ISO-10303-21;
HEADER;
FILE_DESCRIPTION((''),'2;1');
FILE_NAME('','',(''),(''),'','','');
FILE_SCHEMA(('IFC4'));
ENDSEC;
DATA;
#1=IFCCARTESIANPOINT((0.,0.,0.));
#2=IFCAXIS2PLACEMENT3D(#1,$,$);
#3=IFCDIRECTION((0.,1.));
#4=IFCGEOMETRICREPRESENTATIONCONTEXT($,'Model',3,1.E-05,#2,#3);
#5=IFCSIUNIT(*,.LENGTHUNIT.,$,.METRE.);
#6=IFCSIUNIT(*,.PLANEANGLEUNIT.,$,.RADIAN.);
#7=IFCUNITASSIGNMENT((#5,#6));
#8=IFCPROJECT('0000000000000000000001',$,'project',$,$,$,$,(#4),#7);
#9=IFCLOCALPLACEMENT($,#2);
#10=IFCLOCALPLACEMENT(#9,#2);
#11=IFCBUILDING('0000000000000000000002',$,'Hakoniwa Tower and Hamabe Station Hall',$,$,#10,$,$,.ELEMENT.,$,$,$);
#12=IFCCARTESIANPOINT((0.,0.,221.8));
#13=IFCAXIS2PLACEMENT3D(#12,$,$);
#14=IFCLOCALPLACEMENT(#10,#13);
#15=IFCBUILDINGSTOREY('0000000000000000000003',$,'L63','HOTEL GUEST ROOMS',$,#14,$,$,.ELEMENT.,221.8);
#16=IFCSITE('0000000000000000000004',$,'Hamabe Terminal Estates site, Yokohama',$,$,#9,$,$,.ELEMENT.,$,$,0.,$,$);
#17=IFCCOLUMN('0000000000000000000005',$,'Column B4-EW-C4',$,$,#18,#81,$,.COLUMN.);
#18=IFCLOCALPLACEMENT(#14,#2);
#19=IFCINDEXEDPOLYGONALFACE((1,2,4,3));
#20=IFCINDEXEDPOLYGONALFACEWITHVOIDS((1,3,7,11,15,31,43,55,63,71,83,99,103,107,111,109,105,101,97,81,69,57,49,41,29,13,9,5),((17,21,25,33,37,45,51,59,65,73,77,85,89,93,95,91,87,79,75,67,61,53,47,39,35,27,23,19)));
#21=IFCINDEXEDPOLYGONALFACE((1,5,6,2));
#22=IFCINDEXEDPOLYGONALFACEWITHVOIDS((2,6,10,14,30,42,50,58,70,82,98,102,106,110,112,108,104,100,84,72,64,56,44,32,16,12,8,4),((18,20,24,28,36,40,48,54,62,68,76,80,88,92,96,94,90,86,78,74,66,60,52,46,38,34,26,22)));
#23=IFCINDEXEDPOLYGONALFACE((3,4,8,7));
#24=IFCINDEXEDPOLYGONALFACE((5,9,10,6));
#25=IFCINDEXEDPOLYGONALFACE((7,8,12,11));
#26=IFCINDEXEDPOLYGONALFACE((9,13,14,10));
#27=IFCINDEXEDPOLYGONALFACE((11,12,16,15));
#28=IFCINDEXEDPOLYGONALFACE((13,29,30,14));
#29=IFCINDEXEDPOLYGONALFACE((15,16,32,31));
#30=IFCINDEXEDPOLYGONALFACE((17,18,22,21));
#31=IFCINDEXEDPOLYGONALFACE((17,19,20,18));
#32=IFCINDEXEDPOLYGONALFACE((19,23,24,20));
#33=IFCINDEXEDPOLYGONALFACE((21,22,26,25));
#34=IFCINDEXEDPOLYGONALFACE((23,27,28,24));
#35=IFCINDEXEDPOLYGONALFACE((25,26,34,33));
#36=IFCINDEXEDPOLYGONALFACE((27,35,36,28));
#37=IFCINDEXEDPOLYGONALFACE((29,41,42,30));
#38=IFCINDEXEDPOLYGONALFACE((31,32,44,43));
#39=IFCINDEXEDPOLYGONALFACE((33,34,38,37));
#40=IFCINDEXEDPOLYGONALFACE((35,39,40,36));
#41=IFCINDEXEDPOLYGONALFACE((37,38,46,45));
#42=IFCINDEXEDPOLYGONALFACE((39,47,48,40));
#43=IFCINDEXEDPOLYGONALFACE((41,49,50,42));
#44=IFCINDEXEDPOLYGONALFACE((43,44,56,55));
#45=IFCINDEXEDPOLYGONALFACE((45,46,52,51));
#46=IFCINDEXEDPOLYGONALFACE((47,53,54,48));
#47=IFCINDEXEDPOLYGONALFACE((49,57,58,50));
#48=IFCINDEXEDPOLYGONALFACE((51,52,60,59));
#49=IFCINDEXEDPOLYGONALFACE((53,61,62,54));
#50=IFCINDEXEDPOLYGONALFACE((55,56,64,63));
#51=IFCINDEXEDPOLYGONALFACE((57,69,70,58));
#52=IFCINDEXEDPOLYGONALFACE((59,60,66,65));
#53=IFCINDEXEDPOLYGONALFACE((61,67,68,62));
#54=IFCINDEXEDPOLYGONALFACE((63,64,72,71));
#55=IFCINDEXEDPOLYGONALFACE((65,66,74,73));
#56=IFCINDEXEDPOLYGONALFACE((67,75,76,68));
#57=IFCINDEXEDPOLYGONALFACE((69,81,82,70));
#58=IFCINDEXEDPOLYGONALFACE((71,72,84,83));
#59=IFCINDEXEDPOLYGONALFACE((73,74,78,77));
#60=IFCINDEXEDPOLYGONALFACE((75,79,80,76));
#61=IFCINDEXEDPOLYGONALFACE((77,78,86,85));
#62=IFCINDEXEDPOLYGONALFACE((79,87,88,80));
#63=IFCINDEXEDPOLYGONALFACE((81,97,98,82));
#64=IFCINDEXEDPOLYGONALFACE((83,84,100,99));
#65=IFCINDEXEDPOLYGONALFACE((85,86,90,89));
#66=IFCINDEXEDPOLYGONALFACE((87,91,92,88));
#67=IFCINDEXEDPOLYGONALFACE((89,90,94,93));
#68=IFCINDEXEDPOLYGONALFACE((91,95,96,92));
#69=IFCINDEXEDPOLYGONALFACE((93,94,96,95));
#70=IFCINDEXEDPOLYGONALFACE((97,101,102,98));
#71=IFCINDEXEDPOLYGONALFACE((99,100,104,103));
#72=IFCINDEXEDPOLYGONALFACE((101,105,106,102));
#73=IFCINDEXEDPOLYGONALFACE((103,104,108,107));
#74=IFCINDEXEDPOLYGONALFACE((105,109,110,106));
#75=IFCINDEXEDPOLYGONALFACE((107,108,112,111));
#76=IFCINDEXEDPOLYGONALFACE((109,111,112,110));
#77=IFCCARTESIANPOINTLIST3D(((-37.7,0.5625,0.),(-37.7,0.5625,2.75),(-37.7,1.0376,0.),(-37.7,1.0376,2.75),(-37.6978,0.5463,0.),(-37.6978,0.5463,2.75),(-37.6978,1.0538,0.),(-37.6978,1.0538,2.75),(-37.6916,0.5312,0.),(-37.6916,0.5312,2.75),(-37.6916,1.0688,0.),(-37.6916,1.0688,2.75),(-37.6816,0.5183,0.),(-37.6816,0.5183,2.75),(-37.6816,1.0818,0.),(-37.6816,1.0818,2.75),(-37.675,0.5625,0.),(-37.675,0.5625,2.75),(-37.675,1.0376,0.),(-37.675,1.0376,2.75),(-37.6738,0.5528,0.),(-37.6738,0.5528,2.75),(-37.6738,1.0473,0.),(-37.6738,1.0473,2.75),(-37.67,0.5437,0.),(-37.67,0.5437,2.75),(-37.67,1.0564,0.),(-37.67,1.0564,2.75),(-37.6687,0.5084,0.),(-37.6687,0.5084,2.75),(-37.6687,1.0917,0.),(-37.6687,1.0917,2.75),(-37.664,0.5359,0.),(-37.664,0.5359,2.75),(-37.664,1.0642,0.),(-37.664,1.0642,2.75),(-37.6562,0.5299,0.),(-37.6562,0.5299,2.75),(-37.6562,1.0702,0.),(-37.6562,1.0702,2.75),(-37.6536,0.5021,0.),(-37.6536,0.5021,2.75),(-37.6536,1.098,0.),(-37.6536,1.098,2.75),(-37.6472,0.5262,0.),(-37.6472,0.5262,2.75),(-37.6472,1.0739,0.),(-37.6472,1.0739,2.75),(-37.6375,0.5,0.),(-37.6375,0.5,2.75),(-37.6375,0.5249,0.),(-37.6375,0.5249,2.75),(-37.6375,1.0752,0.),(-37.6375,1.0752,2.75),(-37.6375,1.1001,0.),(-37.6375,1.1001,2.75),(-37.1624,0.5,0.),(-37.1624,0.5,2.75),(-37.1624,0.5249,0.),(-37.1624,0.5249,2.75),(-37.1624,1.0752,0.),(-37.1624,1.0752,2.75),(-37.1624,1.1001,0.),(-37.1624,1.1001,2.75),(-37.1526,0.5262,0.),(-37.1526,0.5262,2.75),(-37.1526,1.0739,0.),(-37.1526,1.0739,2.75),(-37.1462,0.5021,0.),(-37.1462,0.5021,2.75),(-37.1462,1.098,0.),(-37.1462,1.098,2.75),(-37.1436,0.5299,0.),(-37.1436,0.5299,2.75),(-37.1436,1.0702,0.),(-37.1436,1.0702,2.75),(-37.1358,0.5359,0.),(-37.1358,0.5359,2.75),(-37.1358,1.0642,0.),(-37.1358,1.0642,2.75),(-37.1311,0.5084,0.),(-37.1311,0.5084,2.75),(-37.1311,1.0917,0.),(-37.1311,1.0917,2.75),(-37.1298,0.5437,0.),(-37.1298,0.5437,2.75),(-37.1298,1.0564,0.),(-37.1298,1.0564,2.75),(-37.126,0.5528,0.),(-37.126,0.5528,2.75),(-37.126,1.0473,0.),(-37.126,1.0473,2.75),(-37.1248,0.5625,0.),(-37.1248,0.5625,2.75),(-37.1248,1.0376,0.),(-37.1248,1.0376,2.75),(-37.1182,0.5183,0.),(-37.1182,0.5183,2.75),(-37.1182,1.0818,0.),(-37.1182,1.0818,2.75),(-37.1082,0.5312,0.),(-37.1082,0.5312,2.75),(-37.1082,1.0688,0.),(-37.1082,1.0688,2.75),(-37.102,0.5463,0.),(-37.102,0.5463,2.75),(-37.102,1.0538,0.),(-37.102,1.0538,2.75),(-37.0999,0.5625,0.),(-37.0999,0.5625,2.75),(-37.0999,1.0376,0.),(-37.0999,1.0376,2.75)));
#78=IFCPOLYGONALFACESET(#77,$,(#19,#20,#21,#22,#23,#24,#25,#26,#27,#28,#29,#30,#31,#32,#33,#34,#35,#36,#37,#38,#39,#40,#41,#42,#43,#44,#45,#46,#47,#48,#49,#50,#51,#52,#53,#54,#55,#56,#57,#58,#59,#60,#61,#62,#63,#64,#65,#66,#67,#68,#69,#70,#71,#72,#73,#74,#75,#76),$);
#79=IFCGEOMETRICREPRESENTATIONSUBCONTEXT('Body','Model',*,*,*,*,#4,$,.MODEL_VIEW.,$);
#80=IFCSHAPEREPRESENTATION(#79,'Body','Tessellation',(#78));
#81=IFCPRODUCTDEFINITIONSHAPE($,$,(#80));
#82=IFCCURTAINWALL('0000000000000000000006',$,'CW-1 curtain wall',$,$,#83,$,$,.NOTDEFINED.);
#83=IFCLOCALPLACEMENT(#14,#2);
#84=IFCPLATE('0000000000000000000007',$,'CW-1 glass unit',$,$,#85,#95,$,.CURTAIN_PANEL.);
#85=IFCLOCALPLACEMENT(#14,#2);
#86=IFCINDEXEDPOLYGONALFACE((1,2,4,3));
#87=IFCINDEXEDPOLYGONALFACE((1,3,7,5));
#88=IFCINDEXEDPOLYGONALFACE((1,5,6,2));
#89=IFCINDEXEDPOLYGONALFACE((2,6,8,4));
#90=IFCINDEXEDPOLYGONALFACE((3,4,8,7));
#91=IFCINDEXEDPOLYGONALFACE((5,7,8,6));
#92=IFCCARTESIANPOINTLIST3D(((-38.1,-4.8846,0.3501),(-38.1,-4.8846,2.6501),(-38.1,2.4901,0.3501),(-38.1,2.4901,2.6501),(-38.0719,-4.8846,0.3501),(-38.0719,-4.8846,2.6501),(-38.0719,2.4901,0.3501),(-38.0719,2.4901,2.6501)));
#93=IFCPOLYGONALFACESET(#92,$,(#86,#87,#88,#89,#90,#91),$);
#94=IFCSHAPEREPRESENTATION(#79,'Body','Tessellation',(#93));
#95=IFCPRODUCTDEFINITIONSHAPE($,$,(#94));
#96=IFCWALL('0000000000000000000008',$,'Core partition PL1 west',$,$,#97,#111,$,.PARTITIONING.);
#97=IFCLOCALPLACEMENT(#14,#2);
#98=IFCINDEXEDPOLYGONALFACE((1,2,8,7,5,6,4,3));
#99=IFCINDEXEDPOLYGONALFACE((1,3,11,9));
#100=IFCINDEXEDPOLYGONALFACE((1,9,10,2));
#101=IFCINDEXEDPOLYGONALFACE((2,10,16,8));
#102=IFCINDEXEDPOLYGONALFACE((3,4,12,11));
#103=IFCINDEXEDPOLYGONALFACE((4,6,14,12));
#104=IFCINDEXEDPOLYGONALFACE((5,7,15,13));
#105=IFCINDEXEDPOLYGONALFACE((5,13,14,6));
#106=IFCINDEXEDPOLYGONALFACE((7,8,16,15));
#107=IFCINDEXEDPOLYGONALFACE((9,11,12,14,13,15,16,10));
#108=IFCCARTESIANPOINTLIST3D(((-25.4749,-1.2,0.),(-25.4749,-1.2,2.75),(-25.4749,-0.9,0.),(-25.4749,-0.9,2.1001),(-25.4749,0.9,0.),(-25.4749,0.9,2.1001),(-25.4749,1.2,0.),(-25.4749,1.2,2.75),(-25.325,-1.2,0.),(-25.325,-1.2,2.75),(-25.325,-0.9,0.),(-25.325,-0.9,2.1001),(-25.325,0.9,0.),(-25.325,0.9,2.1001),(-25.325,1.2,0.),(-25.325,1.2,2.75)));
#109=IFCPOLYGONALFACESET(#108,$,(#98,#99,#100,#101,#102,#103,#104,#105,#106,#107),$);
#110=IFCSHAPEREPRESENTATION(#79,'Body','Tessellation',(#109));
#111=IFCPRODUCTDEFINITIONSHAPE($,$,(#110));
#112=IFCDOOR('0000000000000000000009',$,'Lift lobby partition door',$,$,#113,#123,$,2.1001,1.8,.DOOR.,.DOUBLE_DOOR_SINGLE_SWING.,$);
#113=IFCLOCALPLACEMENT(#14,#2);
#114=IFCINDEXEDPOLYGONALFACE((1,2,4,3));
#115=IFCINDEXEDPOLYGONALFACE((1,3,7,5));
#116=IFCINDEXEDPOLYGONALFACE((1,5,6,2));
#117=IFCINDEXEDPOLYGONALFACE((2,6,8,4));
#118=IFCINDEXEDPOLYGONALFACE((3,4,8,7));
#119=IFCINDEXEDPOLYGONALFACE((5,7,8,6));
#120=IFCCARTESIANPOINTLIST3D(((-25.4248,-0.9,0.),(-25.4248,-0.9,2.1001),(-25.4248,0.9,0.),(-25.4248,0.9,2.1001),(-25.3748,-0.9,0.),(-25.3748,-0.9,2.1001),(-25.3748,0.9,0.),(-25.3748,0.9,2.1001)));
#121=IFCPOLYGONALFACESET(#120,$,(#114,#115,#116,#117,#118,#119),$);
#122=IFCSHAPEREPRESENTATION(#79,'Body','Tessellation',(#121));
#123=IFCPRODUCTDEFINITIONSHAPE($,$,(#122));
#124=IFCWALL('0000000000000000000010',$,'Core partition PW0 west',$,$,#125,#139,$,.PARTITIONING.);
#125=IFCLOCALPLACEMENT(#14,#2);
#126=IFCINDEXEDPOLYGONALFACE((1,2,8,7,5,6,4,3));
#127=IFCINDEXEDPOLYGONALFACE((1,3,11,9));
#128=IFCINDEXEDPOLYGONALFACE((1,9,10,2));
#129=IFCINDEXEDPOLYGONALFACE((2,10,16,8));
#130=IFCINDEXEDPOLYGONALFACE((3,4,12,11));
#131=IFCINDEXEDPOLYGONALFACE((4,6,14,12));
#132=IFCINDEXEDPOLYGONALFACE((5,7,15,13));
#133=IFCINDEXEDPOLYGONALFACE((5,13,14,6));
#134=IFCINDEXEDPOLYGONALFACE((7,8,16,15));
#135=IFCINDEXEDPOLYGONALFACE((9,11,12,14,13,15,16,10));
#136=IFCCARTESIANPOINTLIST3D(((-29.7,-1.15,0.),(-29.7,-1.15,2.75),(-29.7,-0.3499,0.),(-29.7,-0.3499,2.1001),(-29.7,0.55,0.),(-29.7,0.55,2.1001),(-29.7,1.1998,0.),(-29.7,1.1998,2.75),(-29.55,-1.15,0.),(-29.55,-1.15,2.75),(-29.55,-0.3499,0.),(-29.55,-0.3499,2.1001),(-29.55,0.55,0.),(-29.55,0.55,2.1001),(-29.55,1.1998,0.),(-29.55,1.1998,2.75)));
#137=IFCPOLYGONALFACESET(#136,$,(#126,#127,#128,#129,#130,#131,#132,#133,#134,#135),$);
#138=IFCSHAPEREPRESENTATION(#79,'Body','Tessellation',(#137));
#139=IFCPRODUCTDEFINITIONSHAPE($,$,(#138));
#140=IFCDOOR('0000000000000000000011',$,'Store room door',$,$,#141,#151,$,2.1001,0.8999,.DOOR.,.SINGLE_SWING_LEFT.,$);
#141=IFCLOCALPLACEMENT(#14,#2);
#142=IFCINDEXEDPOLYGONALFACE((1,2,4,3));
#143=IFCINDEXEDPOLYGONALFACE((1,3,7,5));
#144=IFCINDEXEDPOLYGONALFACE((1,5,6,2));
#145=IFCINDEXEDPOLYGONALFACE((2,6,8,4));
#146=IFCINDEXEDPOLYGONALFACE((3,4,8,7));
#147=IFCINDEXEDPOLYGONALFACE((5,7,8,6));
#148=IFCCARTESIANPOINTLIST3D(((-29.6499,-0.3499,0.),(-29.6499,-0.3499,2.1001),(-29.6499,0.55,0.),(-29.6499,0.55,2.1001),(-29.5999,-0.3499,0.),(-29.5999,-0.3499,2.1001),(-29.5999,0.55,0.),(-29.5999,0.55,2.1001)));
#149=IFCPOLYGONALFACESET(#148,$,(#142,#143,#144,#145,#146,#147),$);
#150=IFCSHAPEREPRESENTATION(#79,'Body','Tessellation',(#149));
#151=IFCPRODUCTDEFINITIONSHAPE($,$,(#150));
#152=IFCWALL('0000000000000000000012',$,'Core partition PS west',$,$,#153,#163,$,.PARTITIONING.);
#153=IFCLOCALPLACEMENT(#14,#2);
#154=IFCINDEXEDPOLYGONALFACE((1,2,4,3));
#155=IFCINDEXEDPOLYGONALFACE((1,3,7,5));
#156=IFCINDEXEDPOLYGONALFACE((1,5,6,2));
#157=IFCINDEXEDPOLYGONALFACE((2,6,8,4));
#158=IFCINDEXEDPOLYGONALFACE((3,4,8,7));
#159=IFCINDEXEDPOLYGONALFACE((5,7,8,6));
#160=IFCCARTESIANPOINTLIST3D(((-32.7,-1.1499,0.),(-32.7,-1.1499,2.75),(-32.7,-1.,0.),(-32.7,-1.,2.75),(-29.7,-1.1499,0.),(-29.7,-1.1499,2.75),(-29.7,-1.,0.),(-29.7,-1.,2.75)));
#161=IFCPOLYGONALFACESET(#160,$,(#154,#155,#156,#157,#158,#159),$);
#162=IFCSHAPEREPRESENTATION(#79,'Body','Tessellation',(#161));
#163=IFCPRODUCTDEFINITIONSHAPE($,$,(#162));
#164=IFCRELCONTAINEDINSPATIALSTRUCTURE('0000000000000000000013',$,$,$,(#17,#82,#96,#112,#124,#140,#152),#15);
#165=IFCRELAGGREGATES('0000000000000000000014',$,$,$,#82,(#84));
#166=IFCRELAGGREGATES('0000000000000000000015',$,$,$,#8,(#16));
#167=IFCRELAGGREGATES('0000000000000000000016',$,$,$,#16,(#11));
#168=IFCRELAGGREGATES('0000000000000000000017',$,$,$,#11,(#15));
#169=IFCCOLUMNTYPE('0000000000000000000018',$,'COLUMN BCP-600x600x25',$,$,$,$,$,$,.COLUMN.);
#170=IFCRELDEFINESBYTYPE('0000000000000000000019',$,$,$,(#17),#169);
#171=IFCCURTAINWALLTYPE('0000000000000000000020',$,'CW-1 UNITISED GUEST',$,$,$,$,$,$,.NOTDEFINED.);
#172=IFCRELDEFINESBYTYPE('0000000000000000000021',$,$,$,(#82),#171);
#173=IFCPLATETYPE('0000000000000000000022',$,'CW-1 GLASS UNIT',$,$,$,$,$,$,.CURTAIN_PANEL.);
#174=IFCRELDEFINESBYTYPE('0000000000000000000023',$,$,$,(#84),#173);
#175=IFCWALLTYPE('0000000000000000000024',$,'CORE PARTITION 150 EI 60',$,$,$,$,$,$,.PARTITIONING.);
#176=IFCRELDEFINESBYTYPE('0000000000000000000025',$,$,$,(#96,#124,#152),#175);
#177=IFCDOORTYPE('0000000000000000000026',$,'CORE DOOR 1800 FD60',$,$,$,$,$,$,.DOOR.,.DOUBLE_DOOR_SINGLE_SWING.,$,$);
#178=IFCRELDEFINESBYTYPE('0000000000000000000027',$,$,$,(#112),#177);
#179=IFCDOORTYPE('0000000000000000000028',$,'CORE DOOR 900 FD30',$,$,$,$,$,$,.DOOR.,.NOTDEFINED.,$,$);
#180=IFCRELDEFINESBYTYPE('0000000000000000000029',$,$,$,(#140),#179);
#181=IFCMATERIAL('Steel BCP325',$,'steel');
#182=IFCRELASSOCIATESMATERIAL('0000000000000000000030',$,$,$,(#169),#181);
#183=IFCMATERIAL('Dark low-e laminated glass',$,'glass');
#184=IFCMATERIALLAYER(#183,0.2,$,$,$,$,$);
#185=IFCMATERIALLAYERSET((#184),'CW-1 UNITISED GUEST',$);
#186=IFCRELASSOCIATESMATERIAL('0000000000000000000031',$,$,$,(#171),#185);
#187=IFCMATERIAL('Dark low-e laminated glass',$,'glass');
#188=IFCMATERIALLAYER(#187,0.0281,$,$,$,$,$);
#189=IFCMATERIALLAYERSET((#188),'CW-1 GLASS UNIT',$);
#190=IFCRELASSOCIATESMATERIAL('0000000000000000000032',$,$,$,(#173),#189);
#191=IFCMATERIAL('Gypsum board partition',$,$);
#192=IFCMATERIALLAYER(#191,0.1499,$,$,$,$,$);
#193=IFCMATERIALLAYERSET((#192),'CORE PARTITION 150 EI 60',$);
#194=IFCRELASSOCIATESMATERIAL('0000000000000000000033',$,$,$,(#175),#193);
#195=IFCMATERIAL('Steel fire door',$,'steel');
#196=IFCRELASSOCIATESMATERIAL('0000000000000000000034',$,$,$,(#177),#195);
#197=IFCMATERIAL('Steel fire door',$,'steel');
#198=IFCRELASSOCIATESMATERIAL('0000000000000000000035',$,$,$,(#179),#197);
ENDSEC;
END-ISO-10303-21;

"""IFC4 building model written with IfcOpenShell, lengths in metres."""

from ifc_helpers import new_model, si_unit, direction, frame, frame_2d, origin, origin_2d, place, context, subcontext, project, spatial, rectangle, hollow_rectangle, extrude, material, layer, layer_set, material_profile, profile_set, type_object, element, fill, aggregate, save


model = new_model("IFC4")

# Units and contexts
model_context = context("Model", 3, precision=1e-05, world=origin(), true_north=direction((0.0, 1.0)))
body_context = subcontext(model_context, "Body", "Model", "MODEL_VIEW")
ifc_project = project(units=[si_unit("LENGTHUNIT", "METRE"), si_unit("PLANEANGLEUNIT", "RADIAN")], contexts=[model_context])

# Site, building, storey
site_placement = place(None, origin())
site = spatial("IfcSite", under=ifc_project, at=site_placement, Name="Hamabe Terminal Estates site, Yokohama", CompositionType="ELEMENT", RefElevation=0.0)
building_placement = place(site_placement, origin())
building = spatial("IfcBuilding", under=site, at=building_placement, Name="Hakoniwa Tower and Hamabe Station Hall", CompositionType="ELEMENT")
storey_placement = place(building_placement, frame((0.0, 0.0, 221.8)))
storey = spatial("IfcBuildingStorey", under=building, at=storey_placement, Name="L63", Description="HOTEL GUEST ROOMS", CompositionType="ELEMENT", Elevation=221.8)

# Column
ifc_material_1 = material(Name="Steel BCP325", Category="steel")
ifc_material_profile = material_profile(ifc_material_1, hollow_rectangle(XDim=0.6001, YDim=0.6001, WallThickness=0.0249, InnerFilletRadius=0.0376, OuterFilletRadius=0.0625, at=origin_2d()), Name="BCP-600x600x25")
ifc_profile_set = profile_set([ifc_material_profile], Name="Steel BCP325")
column_type = type_object("IfcColumnType", Name="COLUMN BCP-600x600x25", PredefinedType="COLUMN", material=ifc_profile_set)
column_placement = place(storey_placement, frame((-37.3999, 0.8, 0.0), z_axis=(0.0, 0.0, 1.0), x_axis=(1.0, 0.0, 0.0)))
element("IfcColumn", 1, at=column_placement, inside=storey, type_object=column_type, Name="Column B4-EW-C4", PredefinedType="COLUMN", context=body_context, shape_type="SweptSolid", body=[
    extrude(hollow_rectangle(XDim=0.6001, YDim=0.6001, WallThickness=0.0249, InnerFilletRadius=0.0376, OuterFilletRadius=0.0625, at=origin_2d()), origin(), (0.0, 0.0, 1.0), 2.75),
])

# Curtain wall, plate
ifc_material_2 = material(Name="Dark low-e laminated glass", Category="glass")
ifc_layer_1 = layer(ifc_material_2, 0.2)
ifc_layer_set_1 = layer_set([ifc_layer_1], Name="CW-1 UNITISED GUEST")
curtain_wall_type = type_object("IfcCurtainWallType", Name="CW-1 UNITISED GUEST", PredefinedType="NOTDEFINED", material=ifc_layer_set_1)
curtain_wall_placement = place(storey_placement, origin())
curtain_wall = element("IfcCurtainWall", 2, at=curtain_wall_placement, inside=storey, type_object=curtain_wall_type, Name="CW-1 curtain wall", PredefinedType="NOTDEFINED")
ifc_material_3 = material(Name="Dark low-e laminated glass", Category="glass")
ifc_layer_2 = layer(ifc_material_3, 0.0281)
ifc_layer_set_2 = layer_set([ifc_layer_2], Name="CW-1 GLASS UNIT")
plate_type = type_object("IfcPlateType", Name="CW-1 GLASS UNIT", PredefinedType="CURTAIN_PANEL", material=ifc_layer_set_2)
plate_placement = place(storey_placement, frame((-38.0859, -1.1973, 0.3501), z_axis=(0.0, 0.0, 1.0), x_axis=(0.0, -1.0, 0.0)))
plate = element("IfcPlate", 3, at=plate_placement, type_object=plate_type, Name="CW-1 glass unit", PredefinedType="CURTAIN_PANEL", context=body_context, shape_type="SweptSolid", body=[
    extrude(rectangle(XDim=7.3748, YDim=0.0281, at=origin_2d()), origin(), (0.0, 0.0, 1.0), 2.3),
])
aggregate(curtain_wall, [plate])

# Walls, openings, doors
ifc_material_4 = material(Name="Gypsum board partition")
ifc_layer_3 = layer(ifc_material_4, 0.1499)
ifc_layer_set_3 = layer_set([ifc_layer_3], Name="CORE PARTITION 150 EI 60")
wall_type_1 = type_object("IfcWallType", Name="CORE PARTITION 150 EI 60", PredefinedType="PARTITIONING", material=ifc_layer_set_3)
wall_1_placement = place(storey_placement, frame((-25.3999, -1.2, 0.0), z_axis=(0.0, 0.0, 1.0), x_axis=(0.0, 1.0, 0.0)))
wall_1 = element("IfcWall", 4, at=wall_1_placement, inside=storey, type_object=wall_type_1, Name="Core partition PL1 west", PredefinedType="PARTITIONING", context=body_context, shape_type="SweptSolid", body=[
    extrude(rectangle(XDim=2.3999, YDim=0.1499, at=frame_2d((1.2, 0.0))), origin(), (0.0, 0.0, 1.0), 2.75),
])
opening_1_placement = place(wall_1_placement, frame((0.3, 0.0, 0.0)))
opening_1 = element("IfcOpeningElement", 5, at=opening_1_placement, cuts=wall_1, PredefinedType="OPENING", context=body_context, shape_type="SweptSolid", body=[
    extrude(rectangle(XDim=1.8, YDim=2.1001, at=frame_2d((0.8999, 1.05))), frame((0.0, 0.085, 0.0), z_axis=(0.0, -1.0, 0.0), x_axis=(1.0, 0.0, 0.0)), (0.0, 0.0, 1.0), 0.1699),
])
ifc_material_5 = material(Name="Steel fire door", Category="steel")
door_type_1 = type_object("IfcDoorType", Name="CORE DOOR 1800 FD60", OperationType="DOUBLE_DOOR_SINGLE_SWING", PredefinedType="DOOR", material=ifc_material_5)
door_1_placement = place(opening_1_placement, origin())
door_1 = element("IfcDoor", 6, at=door_1_placement, inside=storey, type_object=door_type_1, Name="Lift lobby partition door", OperationType="DOUBLE_DOOR_SINGLE_SWING", OverallHeight=2.1001, OverallWidth=1.8, PredefinedType="DOOR", context=body_context, shape_type="SweptSolid", body=[
    extrude(rectangle(XDim=1.8, YDim=2.1001, at=frame_2d((0.8999, 1.05))), frame((0.0, 0.0249, 0.0), z_axis=(0.0, -1.0, 0.0), x_axis=(1.0, 0.0, 0.0)), (0.0, 0.0, 1.0), 0.05),
])
fill(opening_1, door_1)
wall_2_placement = place(storey_placement, frame((-29.625, -1.1499, 0.0), z_axis=(0.0, 0.0, 1.0), x_axis=(0.0, 1.0, 0.0)))
wall_2 = element("IfcWall", 7, at=wall_2_placement, inside=storey, type_object=wall_type_1, Name="Core partition PW0 west", PredefinedType="PARTITIONING", context=body_context, shape_type="SweptSolid", body=[
    extrude(rectangle(XDim=2.3499, YDim=0.1499, at=frame_2d((1.1748, 0.0))), origin(), (0.0, 0.0, 1.0), 2.75),
])
opening_2_placement = place(wall_2_placement, frame((0.8, 0.0, 0.0)))
opening_2 = element("IfcOpeningElement", 8, at=opening_2_placement, cuts=wall_2, PredefinedType="OPENING", context=body_context, shape_type="SweptSolid", body=[
    extrude(rectangle(XDim=0.8999, YDim=2.1001, at=frame_2d((0.45, 1.05))), frame((0.0, 0.085, 0.0), z_axis=(0.0, -1.0, 0.0), x_axis=(1.0, 0.0, 0.0)), (0.0, 0.0, 1.0), 0.1699),
])
ifc_material_6 = material(Name="Steel fire door", Category="steel")
door_type_2 = type_object("IfcDoorType", Name="CORE DOOR 900 FD30", OperationType="NOTDEFINED", PredefinedType="DOOR", material=ifc_material_6)
door_2_placement = place(opening_2_placement, origin())
door_2 = element("IfcDoor", 9, at=door_2_placement, inside=storey, type_object=door_type_2, Name="Store room door", OperationType="SINGLE_SWING_LEFT", OverallHeight=2.1001, OverallWidth=0.8999, PredefinedType="DOOR", context=body_context, shape_type="SweptSolid", body=[
    extrude(rectangle(XDim=0.8999, YDim=2.1001, at=frame_2d((0.45, 1.05))), frame((0.0, 0.0249, 0.0), z_axis=(0.0, -1.0, 0.0), x_axis=(1.0, 0.0, 0.0)), (0.0, 0.0, 1.0), 0.05),
])
fill(opening_2, door_2)

# Wall
wall_3_placement = place(storey_placement, frame((-32.7, -1.075, 0.0), z_axis=(0.0, 0.0, 1.0), x_axis=(1.0, 0.0, 0.0)))
element("IfcWall", 10, at=wall_3_placement, inside=storey, type_object=wall_type_1, Name="Core partition PS west", PredefinedType="PARTITIONING", context=body_context, shape_type="SweptSolid", body=[
    extrude(rectangle(XDim=3.0, YDim=0.1499, at=frame_2d((1.5, 0.0))), origin(), (0.0, 0.0, 1.0), 2.75),
])

save(model, "model.ifc")
